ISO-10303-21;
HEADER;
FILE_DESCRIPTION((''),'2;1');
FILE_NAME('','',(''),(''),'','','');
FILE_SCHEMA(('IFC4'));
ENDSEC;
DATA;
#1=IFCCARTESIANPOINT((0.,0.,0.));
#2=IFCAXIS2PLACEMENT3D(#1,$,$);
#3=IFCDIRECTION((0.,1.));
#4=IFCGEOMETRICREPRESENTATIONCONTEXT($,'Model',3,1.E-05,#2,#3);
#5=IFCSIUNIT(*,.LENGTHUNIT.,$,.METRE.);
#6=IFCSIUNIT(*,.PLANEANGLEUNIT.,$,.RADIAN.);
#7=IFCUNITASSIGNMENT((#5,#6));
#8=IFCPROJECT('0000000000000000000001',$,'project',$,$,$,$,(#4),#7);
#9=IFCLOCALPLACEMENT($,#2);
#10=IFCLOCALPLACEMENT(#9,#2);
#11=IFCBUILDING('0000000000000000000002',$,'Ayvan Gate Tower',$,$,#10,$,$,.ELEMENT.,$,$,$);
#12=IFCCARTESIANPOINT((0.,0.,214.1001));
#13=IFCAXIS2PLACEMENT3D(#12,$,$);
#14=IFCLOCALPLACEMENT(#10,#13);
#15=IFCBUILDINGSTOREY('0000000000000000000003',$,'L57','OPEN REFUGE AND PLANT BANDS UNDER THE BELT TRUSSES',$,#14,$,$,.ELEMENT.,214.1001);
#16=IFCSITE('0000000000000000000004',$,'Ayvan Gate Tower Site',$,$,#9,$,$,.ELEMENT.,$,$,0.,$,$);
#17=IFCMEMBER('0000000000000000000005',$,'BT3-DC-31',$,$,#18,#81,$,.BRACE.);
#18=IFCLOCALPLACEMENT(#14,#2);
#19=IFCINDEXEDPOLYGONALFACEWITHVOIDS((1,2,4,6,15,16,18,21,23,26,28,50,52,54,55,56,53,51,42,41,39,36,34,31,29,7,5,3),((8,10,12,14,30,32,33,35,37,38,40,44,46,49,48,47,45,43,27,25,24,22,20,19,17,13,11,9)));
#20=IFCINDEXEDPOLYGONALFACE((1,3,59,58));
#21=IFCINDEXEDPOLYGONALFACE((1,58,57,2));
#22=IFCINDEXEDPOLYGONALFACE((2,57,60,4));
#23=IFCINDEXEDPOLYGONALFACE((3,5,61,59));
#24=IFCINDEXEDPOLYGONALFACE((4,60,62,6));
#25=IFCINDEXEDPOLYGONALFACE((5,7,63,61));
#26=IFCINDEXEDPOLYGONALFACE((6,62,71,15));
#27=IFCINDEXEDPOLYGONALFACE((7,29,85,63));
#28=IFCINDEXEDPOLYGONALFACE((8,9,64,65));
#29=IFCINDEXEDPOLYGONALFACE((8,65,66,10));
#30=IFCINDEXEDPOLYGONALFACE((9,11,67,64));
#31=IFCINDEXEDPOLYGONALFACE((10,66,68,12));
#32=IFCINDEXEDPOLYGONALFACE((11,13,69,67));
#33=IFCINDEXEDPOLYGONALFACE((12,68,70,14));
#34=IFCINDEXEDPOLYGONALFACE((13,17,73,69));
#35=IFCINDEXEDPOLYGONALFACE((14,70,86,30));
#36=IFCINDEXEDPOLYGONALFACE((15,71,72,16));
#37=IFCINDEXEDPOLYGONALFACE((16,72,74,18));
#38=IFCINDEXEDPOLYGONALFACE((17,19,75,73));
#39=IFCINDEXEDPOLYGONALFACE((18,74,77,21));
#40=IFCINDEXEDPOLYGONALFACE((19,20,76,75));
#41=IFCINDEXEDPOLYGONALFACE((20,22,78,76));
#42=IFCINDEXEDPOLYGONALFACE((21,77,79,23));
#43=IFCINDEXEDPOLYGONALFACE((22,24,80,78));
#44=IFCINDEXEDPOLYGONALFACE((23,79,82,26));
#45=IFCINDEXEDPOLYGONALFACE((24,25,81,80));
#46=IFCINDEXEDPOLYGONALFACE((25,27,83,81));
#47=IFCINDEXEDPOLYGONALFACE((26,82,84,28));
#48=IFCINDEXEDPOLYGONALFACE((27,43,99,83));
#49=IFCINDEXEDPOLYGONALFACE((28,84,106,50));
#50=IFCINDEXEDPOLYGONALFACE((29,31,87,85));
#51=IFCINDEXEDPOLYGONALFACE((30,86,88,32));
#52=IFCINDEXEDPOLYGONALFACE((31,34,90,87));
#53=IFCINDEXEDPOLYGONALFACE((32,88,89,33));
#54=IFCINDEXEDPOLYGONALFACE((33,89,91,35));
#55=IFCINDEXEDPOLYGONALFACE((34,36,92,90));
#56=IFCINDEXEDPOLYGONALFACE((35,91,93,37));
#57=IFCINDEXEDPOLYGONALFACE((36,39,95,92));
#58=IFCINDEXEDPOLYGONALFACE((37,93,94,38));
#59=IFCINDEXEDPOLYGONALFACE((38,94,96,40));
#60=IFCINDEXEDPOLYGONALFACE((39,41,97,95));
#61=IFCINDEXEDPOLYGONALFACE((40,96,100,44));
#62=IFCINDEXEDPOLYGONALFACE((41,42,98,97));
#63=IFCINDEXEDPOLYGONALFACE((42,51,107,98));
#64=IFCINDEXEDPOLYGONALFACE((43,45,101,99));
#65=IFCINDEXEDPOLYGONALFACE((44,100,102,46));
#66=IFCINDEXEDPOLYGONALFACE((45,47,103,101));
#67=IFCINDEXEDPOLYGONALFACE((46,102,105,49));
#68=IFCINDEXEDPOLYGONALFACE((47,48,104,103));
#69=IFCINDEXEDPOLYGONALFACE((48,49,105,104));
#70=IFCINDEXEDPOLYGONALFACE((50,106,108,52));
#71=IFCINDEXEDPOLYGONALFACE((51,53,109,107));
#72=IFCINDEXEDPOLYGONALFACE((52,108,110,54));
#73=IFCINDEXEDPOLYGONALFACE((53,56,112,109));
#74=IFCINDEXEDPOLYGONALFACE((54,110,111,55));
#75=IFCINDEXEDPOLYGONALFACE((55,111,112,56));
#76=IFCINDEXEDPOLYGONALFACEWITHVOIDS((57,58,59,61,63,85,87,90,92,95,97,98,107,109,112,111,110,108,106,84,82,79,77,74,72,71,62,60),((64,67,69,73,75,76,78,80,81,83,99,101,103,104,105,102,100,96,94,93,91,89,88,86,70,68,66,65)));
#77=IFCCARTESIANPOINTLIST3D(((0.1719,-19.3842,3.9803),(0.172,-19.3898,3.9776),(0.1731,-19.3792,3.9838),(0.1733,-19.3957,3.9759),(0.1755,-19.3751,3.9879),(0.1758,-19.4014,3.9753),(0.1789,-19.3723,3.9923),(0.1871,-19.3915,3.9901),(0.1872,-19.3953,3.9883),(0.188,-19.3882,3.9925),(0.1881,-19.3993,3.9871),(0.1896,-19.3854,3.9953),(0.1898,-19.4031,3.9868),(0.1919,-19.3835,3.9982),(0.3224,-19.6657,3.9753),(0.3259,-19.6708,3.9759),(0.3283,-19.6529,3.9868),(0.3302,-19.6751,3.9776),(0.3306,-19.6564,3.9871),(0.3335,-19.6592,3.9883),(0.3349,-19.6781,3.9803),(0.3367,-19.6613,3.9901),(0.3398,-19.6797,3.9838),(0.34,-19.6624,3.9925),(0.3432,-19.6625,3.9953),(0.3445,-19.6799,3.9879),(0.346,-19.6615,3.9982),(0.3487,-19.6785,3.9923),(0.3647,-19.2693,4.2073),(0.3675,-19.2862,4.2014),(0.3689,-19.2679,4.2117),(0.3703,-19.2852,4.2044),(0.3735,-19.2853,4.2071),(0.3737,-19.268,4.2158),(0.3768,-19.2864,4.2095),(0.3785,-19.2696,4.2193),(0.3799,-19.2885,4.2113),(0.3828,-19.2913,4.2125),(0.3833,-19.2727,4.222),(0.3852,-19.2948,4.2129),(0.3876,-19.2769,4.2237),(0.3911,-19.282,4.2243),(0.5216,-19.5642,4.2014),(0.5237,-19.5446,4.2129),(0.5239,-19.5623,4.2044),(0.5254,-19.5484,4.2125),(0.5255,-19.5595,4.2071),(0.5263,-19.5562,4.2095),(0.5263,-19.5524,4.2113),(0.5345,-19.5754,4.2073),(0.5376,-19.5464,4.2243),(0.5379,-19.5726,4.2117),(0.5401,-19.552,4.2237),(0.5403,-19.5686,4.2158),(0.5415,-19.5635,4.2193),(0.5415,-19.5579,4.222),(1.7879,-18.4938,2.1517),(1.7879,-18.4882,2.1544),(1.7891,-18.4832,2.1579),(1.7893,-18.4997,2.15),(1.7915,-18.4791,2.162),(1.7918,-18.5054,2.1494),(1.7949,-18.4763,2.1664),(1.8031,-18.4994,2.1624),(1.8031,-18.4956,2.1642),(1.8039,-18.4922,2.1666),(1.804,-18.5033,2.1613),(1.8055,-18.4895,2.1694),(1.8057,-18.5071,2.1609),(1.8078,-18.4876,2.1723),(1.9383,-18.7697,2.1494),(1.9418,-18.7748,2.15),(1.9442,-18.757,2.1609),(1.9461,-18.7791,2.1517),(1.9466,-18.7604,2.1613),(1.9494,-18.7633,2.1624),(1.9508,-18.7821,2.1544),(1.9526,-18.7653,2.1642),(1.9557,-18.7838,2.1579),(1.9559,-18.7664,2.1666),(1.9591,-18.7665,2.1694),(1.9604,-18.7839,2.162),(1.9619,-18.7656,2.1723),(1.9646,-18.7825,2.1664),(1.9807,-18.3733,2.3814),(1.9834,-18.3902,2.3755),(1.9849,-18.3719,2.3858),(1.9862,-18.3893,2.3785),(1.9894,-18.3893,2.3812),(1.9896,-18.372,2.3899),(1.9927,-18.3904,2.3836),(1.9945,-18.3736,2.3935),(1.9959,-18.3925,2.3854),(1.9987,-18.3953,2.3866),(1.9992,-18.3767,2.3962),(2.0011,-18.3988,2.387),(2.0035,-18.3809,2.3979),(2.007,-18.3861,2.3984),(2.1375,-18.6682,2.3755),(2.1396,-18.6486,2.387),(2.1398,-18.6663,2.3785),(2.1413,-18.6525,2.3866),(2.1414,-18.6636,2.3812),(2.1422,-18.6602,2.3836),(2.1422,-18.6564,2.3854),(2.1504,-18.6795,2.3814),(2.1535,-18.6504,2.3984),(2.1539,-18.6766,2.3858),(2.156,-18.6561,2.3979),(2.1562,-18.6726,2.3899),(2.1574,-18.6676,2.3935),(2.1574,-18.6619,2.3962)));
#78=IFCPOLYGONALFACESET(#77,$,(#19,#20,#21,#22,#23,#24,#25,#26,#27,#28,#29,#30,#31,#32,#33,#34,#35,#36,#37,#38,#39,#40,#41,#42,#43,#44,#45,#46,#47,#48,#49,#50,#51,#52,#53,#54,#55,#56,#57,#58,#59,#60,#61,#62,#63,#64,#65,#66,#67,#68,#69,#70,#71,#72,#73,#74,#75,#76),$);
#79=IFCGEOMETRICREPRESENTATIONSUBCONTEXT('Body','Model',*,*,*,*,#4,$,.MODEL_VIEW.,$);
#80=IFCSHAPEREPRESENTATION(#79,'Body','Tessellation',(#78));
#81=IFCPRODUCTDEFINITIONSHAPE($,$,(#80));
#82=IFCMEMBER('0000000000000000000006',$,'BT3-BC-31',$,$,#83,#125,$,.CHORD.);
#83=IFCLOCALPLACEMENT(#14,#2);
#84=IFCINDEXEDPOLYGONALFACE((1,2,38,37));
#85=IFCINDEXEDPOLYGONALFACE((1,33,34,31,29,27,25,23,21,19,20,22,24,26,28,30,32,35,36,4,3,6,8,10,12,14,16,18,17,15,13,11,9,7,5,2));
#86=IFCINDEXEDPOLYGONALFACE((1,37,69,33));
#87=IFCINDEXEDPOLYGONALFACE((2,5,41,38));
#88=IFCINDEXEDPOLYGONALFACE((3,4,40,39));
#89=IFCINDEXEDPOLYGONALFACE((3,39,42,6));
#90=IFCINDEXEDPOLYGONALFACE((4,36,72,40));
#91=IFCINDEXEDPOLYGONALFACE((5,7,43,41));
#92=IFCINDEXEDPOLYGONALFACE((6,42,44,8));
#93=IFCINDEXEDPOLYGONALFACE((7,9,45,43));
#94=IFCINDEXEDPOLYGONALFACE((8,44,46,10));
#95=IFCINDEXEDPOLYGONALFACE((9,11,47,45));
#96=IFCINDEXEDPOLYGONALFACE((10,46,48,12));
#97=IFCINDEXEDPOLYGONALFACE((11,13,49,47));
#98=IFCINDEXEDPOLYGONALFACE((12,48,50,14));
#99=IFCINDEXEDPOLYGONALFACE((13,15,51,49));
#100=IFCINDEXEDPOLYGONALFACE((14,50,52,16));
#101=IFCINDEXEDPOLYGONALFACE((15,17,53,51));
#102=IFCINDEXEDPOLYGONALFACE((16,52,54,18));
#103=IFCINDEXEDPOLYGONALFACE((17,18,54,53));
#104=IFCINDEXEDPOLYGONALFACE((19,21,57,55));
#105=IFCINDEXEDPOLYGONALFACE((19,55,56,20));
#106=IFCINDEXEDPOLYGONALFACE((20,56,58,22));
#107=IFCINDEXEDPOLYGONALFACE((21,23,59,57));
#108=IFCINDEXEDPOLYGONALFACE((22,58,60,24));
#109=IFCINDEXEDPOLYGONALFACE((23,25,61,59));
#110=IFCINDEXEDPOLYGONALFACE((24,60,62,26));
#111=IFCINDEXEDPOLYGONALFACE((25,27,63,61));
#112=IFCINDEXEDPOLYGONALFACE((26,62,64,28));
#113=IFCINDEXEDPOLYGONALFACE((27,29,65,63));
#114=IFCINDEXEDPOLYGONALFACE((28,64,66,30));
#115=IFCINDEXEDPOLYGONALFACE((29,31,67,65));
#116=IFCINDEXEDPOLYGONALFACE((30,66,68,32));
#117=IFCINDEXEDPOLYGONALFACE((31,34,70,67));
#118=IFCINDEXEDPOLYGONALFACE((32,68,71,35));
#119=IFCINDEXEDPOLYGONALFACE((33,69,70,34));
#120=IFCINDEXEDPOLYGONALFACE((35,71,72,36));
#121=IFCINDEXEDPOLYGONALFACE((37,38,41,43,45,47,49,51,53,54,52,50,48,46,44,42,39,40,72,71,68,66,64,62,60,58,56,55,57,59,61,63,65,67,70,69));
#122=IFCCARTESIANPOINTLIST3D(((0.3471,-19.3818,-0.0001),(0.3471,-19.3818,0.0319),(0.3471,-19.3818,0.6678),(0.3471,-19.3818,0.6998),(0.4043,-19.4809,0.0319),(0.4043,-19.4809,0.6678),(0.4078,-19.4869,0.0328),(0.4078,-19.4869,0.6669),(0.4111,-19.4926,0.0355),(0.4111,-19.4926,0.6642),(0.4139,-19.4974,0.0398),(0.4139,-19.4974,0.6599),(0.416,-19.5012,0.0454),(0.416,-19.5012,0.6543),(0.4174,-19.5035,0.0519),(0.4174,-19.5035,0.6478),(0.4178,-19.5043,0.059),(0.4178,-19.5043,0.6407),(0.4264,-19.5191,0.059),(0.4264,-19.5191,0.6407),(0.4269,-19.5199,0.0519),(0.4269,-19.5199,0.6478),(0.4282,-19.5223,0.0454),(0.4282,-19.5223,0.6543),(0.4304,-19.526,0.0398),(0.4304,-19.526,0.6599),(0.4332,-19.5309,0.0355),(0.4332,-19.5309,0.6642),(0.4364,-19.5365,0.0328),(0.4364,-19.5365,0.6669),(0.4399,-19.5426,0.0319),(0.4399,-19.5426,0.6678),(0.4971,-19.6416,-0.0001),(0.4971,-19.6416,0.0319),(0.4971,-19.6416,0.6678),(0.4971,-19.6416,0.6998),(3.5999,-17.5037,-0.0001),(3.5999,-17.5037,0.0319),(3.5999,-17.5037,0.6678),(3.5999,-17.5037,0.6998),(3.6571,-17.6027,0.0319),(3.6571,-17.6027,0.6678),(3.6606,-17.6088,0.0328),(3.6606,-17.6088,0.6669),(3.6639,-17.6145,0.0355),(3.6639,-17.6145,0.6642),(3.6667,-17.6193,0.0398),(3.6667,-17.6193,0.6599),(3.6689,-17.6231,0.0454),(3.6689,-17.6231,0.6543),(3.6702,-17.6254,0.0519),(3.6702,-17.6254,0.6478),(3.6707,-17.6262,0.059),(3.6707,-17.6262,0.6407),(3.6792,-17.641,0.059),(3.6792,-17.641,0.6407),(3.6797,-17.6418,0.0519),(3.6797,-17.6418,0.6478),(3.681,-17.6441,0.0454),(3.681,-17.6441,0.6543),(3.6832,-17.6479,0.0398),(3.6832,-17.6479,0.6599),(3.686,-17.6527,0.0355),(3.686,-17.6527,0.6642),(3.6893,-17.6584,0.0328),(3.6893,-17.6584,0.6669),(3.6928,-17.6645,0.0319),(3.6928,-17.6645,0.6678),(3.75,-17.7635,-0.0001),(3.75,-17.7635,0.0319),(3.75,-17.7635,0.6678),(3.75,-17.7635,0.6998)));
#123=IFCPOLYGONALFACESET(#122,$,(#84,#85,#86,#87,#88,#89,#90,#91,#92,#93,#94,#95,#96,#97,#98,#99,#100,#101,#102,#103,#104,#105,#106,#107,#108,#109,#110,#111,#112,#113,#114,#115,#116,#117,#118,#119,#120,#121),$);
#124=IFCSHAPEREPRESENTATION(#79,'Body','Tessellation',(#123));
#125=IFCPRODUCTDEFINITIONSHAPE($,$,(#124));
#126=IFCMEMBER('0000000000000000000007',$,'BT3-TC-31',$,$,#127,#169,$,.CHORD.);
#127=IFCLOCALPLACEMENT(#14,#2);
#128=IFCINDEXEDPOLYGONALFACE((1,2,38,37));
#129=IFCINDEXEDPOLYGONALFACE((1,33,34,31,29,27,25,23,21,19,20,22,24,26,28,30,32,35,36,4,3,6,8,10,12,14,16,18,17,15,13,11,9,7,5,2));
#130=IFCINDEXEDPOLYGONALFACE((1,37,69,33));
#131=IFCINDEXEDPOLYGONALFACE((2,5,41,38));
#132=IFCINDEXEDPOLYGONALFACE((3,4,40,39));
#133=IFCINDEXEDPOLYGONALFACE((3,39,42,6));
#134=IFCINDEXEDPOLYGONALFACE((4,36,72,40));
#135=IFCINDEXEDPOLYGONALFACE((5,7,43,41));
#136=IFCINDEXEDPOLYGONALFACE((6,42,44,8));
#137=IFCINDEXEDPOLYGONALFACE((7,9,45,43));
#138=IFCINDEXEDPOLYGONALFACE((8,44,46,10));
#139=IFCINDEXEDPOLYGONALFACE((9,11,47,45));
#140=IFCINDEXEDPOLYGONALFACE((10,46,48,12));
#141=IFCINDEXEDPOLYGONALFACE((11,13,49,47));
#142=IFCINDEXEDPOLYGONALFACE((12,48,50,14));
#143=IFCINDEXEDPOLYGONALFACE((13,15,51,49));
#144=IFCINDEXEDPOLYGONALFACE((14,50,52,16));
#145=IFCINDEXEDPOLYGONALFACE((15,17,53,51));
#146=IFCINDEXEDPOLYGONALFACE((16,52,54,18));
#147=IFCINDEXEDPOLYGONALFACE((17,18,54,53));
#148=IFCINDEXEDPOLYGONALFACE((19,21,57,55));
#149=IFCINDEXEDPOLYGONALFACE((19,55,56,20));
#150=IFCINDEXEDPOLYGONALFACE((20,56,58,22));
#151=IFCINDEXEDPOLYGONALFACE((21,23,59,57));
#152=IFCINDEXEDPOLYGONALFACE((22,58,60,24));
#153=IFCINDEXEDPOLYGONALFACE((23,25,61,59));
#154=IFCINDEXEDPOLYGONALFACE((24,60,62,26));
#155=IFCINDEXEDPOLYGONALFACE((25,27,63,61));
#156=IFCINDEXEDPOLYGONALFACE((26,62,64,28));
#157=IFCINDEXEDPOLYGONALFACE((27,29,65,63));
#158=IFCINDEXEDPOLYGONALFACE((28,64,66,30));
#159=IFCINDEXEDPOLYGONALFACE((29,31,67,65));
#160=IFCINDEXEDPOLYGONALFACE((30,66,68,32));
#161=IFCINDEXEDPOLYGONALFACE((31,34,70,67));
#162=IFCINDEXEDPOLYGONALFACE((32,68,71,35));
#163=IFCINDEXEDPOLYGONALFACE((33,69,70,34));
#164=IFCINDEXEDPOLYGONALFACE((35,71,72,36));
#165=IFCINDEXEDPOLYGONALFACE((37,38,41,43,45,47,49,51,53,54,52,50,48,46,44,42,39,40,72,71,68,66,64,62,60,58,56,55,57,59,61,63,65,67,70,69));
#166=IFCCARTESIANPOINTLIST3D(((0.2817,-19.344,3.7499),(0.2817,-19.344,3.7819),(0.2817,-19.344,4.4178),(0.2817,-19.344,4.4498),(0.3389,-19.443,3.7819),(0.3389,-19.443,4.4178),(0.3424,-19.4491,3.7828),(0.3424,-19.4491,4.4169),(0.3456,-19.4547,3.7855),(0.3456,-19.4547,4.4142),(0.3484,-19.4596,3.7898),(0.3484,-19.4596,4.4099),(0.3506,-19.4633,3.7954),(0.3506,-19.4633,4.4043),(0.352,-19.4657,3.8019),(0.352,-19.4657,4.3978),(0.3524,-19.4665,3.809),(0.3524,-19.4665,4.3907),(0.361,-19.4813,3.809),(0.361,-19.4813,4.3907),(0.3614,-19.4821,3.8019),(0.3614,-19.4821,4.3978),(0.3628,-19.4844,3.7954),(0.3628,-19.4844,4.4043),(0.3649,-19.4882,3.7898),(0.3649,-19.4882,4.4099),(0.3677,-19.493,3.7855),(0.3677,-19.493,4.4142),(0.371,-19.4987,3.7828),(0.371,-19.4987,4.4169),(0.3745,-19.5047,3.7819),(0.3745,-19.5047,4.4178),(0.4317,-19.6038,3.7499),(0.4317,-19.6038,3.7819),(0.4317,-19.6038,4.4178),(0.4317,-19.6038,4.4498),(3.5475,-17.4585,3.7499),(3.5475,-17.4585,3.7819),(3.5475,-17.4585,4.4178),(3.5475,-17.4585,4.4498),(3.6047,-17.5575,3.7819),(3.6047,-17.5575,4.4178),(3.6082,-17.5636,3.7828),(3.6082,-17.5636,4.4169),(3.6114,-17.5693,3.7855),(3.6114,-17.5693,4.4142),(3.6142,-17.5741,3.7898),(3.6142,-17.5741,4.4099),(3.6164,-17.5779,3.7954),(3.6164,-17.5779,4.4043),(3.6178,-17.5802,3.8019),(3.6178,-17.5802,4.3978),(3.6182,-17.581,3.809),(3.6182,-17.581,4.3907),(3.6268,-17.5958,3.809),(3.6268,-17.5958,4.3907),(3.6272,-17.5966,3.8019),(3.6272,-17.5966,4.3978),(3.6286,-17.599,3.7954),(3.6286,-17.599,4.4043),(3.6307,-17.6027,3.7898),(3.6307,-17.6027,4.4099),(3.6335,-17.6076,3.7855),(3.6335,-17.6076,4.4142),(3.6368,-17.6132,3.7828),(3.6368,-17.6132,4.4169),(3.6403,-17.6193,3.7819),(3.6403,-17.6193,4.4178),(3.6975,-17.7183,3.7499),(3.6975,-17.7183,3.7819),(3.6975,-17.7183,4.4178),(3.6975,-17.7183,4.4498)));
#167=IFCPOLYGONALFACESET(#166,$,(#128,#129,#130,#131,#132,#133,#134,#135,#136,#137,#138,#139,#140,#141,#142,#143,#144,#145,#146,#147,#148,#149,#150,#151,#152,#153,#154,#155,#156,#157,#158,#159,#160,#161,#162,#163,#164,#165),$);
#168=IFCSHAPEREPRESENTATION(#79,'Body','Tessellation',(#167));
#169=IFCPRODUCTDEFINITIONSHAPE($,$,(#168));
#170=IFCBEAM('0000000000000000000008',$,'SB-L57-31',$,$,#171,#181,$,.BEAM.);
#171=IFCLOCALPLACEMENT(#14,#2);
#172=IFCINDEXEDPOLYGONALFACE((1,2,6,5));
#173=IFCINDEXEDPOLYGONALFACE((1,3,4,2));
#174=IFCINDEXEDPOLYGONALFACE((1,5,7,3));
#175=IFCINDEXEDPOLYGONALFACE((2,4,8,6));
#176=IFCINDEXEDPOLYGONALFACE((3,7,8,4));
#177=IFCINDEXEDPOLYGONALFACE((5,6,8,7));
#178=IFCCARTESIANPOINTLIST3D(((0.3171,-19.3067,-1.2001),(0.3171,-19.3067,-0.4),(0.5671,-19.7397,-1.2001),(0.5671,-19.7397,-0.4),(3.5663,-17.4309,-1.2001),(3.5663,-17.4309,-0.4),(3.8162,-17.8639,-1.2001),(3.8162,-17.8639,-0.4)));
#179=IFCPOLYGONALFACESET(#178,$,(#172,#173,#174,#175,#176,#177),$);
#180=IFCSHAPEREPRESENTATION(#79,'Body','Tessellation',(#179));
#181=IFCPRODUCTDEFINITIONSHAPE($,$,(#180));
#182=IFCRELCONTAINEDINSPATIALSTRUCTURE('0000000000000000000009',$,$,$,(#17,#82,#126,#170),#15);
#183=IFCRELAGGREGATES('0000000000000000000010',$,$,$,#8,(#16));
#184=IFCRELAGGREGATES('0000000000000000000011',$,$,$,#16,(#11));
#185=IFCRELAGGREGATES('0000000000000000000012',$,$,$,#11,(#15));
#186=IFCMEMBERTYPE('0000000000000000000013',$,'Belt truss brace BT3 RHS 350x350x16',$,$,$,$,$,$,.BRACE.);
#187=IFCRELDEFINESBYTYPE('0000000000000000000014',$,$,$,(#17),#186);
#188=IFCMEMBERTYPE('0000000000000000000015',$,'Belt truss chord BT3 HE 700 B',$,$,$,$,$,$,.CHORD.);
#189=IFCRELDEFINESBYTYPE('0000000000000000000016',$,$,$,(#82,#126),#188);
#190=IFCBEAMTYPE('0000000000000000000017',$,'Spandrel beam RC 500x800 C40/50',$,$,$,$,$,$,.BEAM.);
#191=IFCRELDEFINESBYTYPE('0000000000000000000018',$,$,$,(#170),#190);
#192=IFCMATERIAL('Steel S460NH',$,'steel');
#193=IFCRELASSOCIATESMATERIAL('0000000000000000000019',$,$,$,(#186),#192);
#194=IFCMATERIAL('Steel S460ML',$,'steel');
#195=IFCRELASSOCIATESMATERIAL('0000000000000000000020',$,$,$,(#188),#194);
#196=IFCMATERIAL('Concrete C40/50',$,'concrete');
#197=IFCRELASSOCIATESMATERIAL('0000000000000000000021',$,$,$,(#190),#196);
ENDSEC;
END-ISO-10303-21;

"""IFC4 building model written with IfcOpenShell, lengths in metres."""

from ifc_helpers import new_model, si_unit, direction, frame, origin, origin_2d, place, context, subcontext, project, spatial, rectangle, hollow_rectangle, i_section, extrude, material, material_profile, profile_set, type_object, element, save


model = new_model("IFC4")

# Units and contexts
model_context = context("Model", 3, precision=1e-05, world=origin(), true_north=direction((0.0, 1.0)))
body_context = subcontext(model_context, "Body", "Model", "MODEL_VIEW")
ifc_project = project(units=[si_unit("LENGTHUNIT", "METRE"), si_unit("PLANEANGLEUNIT", "RADIAN")], contexts=[model_context])

# Site, building, storey
site_placement = place(None, origin())
site = spatial("IfcSite", under=ifc_project, at=site_placement, Name="Ayvan Gate Tower Site", CompositionType="ELEMENT", RefElevation=0.0)
building_placement = place(site_placement, origin())
building = spatial("IfcBuilding", under=site, at=building_placement, Name="Ayvan Gate Tower", CompositionType="ELEMENT")
storey_placement = place(building_placement, frame((0.0, 0.0, 214.1001)))
storey = spatial("IfcBuildingStorey", under=building, at=storey_placement, Name="L57", Description="OPEN REFUGE AND PLANT BANDS UNDER THE BELT TRUSSES", CompositionType="ELEMENT", Elevation=214.1001)

# Members
ifc_material_1 = material(Name="Steel S460NH", Category="steel")
ifc_material_profile_1 = material_profile(ifc_material_1, hollow_rectangle(XDim=0.3501, YDim=0.3501, WallThickness=0.0161, InnerFilletRadius=0.0161, OuterFilletRadius=0.0239, at=origin_2d()), Name="RHS 350x350x16")
ifc_profile_set_1 = profile_set([ifc_material_profile_1], Name="Steel S460NH")
member_type_1 = type_object("IfcMemberType", Name="Belt truss brace BT3 RHS 350x350x16", PredefinedType="BRACE", material=ifc_profile_set_1)
member_1_placement = place(storey_placement, frame((1.9727, -18.5779, 2.2739), z_axis=(-0.62207, -0.344916, 0.702895), x_axis=(0.484914, -0.874562, 0.0)))
element("IfcMember", 1, at=member_1_placement, inside=storey, type_object=member_type_1, Name="BT3-DC-31", PredefinedType="BRACE", context=body_context, shape_type="SweptSolid", body=[
    extrude(hollow_rectangle(XDim=0.3501, YDim=0.3501, WallThickness=0.0161, InnerFilletRadius=0.0161, OuterFilletRadius=0.0239, at=origin_2d()), origin(), (0.0, 0.0, 1.0), 2.5977),
])
ifc_material_2 = material(Name="Steel S460ML", Category="steel")
ifc_material_profile_2 = material_profile(ifc_material_2, i_section(OverallWidth=0.3, OverallDepth=0.7, WebThickness=0.0171, FlangeThickness=0.032, FilletRadius=0.0271, at=origin_2d()), Name="HE 700 B")
ifc_profile_set_2 = profile_set([ifc_material_profile_2], Name="Steel S460ML")
member_type_2 = type_object("IfcMemberType", Name="Belt truss chord BT3 HE 700 B", PredefinedType="CHORD", material=ifc_profile_set_2)
member_2_placement = place(storey_placement, frame((0.4221, -19.5117, 0.3499), z_axis=(0.866015, 0.500019, 0.0), x_axis=(-0.500019, 0.866015, 0.0)))
element("IfcMember", 2, at=member_2_placement, inside=storey, type_object=member_type_2, Name="BT3-BC-31", PredefinedType="CHORD", context=body_context, shape_type="SweptSolid", body=[
    extrude(i_section(OverallWidth=0.3, OverallDepth=0.7, WebThickness=0.0171, FlangeThickness=0.032, FilletRadius=0.0271, at=origin_2d()), origin(), (0.0, 0.0, 1.0), 3.7561),
])
member_3_placement = place(storey_placement, frame((0.3567, -19.4739, 4.0999), z_axis=(0.866031, 0.49999, 0.0), x_axis=(-0.49999, 0.866031, 0.0)))
element("IfcMember", 3, at=member_3_placement, inside=storey, type_object=member_type_2, Name="BT3-TC-31", PredefinedType="CHORD", context=body_context, shape_type="SweptSolid", body=[
    extrude(i_section(OverallWidth=0.3, OverallDepth=0.7, WebThickness=0.0171, FlangeThickness=0.032, FilletRadius=0.0271, at=origin_2d()), origin(), (0.0, 0.0, 1.0), 3.771),
])

# Beam
ifc_material_3 = material(Name="Concrete C40/50", Category="concrete")
ifc_material_profile_3 = material_profile(ifc_material_3, rectangle(XDim=0.5, YDim=0.8, at=origin_2d()), Name="RC 500x800")
ifc_profile_set_3 = profile_set([ifc_material_profile_3], Name="Concrete C40/50")
beam_type_1 = type_object("IfcBeamType", Name="Spandrel beam RC 500x800 C40/50", PredefinedType="BEAM", material=ifc_profile_set_3)
beam_1_placement = place(storey_placement, frame((0.4421, -19.5232, -0.8), z_axis=(0.866036, 0.499982, 0.0), x_axis=(-0.499982, 0.866036, 0.0)))
element("IfcBeam", 4, at=beam_1_placement, inside=storey, type_object=beam_type_1, Name="SB-L57-31", PredefinedType="BEAM", context=body_context, shape_type="SweptSolid", body=[
    extrude(rectangle(XDim=0.5, YDim=0.8, at=origin_2d()), origin(), (0.0, 0.0, 1.0), 3.7517),
])

save(model, "model.ifc")
